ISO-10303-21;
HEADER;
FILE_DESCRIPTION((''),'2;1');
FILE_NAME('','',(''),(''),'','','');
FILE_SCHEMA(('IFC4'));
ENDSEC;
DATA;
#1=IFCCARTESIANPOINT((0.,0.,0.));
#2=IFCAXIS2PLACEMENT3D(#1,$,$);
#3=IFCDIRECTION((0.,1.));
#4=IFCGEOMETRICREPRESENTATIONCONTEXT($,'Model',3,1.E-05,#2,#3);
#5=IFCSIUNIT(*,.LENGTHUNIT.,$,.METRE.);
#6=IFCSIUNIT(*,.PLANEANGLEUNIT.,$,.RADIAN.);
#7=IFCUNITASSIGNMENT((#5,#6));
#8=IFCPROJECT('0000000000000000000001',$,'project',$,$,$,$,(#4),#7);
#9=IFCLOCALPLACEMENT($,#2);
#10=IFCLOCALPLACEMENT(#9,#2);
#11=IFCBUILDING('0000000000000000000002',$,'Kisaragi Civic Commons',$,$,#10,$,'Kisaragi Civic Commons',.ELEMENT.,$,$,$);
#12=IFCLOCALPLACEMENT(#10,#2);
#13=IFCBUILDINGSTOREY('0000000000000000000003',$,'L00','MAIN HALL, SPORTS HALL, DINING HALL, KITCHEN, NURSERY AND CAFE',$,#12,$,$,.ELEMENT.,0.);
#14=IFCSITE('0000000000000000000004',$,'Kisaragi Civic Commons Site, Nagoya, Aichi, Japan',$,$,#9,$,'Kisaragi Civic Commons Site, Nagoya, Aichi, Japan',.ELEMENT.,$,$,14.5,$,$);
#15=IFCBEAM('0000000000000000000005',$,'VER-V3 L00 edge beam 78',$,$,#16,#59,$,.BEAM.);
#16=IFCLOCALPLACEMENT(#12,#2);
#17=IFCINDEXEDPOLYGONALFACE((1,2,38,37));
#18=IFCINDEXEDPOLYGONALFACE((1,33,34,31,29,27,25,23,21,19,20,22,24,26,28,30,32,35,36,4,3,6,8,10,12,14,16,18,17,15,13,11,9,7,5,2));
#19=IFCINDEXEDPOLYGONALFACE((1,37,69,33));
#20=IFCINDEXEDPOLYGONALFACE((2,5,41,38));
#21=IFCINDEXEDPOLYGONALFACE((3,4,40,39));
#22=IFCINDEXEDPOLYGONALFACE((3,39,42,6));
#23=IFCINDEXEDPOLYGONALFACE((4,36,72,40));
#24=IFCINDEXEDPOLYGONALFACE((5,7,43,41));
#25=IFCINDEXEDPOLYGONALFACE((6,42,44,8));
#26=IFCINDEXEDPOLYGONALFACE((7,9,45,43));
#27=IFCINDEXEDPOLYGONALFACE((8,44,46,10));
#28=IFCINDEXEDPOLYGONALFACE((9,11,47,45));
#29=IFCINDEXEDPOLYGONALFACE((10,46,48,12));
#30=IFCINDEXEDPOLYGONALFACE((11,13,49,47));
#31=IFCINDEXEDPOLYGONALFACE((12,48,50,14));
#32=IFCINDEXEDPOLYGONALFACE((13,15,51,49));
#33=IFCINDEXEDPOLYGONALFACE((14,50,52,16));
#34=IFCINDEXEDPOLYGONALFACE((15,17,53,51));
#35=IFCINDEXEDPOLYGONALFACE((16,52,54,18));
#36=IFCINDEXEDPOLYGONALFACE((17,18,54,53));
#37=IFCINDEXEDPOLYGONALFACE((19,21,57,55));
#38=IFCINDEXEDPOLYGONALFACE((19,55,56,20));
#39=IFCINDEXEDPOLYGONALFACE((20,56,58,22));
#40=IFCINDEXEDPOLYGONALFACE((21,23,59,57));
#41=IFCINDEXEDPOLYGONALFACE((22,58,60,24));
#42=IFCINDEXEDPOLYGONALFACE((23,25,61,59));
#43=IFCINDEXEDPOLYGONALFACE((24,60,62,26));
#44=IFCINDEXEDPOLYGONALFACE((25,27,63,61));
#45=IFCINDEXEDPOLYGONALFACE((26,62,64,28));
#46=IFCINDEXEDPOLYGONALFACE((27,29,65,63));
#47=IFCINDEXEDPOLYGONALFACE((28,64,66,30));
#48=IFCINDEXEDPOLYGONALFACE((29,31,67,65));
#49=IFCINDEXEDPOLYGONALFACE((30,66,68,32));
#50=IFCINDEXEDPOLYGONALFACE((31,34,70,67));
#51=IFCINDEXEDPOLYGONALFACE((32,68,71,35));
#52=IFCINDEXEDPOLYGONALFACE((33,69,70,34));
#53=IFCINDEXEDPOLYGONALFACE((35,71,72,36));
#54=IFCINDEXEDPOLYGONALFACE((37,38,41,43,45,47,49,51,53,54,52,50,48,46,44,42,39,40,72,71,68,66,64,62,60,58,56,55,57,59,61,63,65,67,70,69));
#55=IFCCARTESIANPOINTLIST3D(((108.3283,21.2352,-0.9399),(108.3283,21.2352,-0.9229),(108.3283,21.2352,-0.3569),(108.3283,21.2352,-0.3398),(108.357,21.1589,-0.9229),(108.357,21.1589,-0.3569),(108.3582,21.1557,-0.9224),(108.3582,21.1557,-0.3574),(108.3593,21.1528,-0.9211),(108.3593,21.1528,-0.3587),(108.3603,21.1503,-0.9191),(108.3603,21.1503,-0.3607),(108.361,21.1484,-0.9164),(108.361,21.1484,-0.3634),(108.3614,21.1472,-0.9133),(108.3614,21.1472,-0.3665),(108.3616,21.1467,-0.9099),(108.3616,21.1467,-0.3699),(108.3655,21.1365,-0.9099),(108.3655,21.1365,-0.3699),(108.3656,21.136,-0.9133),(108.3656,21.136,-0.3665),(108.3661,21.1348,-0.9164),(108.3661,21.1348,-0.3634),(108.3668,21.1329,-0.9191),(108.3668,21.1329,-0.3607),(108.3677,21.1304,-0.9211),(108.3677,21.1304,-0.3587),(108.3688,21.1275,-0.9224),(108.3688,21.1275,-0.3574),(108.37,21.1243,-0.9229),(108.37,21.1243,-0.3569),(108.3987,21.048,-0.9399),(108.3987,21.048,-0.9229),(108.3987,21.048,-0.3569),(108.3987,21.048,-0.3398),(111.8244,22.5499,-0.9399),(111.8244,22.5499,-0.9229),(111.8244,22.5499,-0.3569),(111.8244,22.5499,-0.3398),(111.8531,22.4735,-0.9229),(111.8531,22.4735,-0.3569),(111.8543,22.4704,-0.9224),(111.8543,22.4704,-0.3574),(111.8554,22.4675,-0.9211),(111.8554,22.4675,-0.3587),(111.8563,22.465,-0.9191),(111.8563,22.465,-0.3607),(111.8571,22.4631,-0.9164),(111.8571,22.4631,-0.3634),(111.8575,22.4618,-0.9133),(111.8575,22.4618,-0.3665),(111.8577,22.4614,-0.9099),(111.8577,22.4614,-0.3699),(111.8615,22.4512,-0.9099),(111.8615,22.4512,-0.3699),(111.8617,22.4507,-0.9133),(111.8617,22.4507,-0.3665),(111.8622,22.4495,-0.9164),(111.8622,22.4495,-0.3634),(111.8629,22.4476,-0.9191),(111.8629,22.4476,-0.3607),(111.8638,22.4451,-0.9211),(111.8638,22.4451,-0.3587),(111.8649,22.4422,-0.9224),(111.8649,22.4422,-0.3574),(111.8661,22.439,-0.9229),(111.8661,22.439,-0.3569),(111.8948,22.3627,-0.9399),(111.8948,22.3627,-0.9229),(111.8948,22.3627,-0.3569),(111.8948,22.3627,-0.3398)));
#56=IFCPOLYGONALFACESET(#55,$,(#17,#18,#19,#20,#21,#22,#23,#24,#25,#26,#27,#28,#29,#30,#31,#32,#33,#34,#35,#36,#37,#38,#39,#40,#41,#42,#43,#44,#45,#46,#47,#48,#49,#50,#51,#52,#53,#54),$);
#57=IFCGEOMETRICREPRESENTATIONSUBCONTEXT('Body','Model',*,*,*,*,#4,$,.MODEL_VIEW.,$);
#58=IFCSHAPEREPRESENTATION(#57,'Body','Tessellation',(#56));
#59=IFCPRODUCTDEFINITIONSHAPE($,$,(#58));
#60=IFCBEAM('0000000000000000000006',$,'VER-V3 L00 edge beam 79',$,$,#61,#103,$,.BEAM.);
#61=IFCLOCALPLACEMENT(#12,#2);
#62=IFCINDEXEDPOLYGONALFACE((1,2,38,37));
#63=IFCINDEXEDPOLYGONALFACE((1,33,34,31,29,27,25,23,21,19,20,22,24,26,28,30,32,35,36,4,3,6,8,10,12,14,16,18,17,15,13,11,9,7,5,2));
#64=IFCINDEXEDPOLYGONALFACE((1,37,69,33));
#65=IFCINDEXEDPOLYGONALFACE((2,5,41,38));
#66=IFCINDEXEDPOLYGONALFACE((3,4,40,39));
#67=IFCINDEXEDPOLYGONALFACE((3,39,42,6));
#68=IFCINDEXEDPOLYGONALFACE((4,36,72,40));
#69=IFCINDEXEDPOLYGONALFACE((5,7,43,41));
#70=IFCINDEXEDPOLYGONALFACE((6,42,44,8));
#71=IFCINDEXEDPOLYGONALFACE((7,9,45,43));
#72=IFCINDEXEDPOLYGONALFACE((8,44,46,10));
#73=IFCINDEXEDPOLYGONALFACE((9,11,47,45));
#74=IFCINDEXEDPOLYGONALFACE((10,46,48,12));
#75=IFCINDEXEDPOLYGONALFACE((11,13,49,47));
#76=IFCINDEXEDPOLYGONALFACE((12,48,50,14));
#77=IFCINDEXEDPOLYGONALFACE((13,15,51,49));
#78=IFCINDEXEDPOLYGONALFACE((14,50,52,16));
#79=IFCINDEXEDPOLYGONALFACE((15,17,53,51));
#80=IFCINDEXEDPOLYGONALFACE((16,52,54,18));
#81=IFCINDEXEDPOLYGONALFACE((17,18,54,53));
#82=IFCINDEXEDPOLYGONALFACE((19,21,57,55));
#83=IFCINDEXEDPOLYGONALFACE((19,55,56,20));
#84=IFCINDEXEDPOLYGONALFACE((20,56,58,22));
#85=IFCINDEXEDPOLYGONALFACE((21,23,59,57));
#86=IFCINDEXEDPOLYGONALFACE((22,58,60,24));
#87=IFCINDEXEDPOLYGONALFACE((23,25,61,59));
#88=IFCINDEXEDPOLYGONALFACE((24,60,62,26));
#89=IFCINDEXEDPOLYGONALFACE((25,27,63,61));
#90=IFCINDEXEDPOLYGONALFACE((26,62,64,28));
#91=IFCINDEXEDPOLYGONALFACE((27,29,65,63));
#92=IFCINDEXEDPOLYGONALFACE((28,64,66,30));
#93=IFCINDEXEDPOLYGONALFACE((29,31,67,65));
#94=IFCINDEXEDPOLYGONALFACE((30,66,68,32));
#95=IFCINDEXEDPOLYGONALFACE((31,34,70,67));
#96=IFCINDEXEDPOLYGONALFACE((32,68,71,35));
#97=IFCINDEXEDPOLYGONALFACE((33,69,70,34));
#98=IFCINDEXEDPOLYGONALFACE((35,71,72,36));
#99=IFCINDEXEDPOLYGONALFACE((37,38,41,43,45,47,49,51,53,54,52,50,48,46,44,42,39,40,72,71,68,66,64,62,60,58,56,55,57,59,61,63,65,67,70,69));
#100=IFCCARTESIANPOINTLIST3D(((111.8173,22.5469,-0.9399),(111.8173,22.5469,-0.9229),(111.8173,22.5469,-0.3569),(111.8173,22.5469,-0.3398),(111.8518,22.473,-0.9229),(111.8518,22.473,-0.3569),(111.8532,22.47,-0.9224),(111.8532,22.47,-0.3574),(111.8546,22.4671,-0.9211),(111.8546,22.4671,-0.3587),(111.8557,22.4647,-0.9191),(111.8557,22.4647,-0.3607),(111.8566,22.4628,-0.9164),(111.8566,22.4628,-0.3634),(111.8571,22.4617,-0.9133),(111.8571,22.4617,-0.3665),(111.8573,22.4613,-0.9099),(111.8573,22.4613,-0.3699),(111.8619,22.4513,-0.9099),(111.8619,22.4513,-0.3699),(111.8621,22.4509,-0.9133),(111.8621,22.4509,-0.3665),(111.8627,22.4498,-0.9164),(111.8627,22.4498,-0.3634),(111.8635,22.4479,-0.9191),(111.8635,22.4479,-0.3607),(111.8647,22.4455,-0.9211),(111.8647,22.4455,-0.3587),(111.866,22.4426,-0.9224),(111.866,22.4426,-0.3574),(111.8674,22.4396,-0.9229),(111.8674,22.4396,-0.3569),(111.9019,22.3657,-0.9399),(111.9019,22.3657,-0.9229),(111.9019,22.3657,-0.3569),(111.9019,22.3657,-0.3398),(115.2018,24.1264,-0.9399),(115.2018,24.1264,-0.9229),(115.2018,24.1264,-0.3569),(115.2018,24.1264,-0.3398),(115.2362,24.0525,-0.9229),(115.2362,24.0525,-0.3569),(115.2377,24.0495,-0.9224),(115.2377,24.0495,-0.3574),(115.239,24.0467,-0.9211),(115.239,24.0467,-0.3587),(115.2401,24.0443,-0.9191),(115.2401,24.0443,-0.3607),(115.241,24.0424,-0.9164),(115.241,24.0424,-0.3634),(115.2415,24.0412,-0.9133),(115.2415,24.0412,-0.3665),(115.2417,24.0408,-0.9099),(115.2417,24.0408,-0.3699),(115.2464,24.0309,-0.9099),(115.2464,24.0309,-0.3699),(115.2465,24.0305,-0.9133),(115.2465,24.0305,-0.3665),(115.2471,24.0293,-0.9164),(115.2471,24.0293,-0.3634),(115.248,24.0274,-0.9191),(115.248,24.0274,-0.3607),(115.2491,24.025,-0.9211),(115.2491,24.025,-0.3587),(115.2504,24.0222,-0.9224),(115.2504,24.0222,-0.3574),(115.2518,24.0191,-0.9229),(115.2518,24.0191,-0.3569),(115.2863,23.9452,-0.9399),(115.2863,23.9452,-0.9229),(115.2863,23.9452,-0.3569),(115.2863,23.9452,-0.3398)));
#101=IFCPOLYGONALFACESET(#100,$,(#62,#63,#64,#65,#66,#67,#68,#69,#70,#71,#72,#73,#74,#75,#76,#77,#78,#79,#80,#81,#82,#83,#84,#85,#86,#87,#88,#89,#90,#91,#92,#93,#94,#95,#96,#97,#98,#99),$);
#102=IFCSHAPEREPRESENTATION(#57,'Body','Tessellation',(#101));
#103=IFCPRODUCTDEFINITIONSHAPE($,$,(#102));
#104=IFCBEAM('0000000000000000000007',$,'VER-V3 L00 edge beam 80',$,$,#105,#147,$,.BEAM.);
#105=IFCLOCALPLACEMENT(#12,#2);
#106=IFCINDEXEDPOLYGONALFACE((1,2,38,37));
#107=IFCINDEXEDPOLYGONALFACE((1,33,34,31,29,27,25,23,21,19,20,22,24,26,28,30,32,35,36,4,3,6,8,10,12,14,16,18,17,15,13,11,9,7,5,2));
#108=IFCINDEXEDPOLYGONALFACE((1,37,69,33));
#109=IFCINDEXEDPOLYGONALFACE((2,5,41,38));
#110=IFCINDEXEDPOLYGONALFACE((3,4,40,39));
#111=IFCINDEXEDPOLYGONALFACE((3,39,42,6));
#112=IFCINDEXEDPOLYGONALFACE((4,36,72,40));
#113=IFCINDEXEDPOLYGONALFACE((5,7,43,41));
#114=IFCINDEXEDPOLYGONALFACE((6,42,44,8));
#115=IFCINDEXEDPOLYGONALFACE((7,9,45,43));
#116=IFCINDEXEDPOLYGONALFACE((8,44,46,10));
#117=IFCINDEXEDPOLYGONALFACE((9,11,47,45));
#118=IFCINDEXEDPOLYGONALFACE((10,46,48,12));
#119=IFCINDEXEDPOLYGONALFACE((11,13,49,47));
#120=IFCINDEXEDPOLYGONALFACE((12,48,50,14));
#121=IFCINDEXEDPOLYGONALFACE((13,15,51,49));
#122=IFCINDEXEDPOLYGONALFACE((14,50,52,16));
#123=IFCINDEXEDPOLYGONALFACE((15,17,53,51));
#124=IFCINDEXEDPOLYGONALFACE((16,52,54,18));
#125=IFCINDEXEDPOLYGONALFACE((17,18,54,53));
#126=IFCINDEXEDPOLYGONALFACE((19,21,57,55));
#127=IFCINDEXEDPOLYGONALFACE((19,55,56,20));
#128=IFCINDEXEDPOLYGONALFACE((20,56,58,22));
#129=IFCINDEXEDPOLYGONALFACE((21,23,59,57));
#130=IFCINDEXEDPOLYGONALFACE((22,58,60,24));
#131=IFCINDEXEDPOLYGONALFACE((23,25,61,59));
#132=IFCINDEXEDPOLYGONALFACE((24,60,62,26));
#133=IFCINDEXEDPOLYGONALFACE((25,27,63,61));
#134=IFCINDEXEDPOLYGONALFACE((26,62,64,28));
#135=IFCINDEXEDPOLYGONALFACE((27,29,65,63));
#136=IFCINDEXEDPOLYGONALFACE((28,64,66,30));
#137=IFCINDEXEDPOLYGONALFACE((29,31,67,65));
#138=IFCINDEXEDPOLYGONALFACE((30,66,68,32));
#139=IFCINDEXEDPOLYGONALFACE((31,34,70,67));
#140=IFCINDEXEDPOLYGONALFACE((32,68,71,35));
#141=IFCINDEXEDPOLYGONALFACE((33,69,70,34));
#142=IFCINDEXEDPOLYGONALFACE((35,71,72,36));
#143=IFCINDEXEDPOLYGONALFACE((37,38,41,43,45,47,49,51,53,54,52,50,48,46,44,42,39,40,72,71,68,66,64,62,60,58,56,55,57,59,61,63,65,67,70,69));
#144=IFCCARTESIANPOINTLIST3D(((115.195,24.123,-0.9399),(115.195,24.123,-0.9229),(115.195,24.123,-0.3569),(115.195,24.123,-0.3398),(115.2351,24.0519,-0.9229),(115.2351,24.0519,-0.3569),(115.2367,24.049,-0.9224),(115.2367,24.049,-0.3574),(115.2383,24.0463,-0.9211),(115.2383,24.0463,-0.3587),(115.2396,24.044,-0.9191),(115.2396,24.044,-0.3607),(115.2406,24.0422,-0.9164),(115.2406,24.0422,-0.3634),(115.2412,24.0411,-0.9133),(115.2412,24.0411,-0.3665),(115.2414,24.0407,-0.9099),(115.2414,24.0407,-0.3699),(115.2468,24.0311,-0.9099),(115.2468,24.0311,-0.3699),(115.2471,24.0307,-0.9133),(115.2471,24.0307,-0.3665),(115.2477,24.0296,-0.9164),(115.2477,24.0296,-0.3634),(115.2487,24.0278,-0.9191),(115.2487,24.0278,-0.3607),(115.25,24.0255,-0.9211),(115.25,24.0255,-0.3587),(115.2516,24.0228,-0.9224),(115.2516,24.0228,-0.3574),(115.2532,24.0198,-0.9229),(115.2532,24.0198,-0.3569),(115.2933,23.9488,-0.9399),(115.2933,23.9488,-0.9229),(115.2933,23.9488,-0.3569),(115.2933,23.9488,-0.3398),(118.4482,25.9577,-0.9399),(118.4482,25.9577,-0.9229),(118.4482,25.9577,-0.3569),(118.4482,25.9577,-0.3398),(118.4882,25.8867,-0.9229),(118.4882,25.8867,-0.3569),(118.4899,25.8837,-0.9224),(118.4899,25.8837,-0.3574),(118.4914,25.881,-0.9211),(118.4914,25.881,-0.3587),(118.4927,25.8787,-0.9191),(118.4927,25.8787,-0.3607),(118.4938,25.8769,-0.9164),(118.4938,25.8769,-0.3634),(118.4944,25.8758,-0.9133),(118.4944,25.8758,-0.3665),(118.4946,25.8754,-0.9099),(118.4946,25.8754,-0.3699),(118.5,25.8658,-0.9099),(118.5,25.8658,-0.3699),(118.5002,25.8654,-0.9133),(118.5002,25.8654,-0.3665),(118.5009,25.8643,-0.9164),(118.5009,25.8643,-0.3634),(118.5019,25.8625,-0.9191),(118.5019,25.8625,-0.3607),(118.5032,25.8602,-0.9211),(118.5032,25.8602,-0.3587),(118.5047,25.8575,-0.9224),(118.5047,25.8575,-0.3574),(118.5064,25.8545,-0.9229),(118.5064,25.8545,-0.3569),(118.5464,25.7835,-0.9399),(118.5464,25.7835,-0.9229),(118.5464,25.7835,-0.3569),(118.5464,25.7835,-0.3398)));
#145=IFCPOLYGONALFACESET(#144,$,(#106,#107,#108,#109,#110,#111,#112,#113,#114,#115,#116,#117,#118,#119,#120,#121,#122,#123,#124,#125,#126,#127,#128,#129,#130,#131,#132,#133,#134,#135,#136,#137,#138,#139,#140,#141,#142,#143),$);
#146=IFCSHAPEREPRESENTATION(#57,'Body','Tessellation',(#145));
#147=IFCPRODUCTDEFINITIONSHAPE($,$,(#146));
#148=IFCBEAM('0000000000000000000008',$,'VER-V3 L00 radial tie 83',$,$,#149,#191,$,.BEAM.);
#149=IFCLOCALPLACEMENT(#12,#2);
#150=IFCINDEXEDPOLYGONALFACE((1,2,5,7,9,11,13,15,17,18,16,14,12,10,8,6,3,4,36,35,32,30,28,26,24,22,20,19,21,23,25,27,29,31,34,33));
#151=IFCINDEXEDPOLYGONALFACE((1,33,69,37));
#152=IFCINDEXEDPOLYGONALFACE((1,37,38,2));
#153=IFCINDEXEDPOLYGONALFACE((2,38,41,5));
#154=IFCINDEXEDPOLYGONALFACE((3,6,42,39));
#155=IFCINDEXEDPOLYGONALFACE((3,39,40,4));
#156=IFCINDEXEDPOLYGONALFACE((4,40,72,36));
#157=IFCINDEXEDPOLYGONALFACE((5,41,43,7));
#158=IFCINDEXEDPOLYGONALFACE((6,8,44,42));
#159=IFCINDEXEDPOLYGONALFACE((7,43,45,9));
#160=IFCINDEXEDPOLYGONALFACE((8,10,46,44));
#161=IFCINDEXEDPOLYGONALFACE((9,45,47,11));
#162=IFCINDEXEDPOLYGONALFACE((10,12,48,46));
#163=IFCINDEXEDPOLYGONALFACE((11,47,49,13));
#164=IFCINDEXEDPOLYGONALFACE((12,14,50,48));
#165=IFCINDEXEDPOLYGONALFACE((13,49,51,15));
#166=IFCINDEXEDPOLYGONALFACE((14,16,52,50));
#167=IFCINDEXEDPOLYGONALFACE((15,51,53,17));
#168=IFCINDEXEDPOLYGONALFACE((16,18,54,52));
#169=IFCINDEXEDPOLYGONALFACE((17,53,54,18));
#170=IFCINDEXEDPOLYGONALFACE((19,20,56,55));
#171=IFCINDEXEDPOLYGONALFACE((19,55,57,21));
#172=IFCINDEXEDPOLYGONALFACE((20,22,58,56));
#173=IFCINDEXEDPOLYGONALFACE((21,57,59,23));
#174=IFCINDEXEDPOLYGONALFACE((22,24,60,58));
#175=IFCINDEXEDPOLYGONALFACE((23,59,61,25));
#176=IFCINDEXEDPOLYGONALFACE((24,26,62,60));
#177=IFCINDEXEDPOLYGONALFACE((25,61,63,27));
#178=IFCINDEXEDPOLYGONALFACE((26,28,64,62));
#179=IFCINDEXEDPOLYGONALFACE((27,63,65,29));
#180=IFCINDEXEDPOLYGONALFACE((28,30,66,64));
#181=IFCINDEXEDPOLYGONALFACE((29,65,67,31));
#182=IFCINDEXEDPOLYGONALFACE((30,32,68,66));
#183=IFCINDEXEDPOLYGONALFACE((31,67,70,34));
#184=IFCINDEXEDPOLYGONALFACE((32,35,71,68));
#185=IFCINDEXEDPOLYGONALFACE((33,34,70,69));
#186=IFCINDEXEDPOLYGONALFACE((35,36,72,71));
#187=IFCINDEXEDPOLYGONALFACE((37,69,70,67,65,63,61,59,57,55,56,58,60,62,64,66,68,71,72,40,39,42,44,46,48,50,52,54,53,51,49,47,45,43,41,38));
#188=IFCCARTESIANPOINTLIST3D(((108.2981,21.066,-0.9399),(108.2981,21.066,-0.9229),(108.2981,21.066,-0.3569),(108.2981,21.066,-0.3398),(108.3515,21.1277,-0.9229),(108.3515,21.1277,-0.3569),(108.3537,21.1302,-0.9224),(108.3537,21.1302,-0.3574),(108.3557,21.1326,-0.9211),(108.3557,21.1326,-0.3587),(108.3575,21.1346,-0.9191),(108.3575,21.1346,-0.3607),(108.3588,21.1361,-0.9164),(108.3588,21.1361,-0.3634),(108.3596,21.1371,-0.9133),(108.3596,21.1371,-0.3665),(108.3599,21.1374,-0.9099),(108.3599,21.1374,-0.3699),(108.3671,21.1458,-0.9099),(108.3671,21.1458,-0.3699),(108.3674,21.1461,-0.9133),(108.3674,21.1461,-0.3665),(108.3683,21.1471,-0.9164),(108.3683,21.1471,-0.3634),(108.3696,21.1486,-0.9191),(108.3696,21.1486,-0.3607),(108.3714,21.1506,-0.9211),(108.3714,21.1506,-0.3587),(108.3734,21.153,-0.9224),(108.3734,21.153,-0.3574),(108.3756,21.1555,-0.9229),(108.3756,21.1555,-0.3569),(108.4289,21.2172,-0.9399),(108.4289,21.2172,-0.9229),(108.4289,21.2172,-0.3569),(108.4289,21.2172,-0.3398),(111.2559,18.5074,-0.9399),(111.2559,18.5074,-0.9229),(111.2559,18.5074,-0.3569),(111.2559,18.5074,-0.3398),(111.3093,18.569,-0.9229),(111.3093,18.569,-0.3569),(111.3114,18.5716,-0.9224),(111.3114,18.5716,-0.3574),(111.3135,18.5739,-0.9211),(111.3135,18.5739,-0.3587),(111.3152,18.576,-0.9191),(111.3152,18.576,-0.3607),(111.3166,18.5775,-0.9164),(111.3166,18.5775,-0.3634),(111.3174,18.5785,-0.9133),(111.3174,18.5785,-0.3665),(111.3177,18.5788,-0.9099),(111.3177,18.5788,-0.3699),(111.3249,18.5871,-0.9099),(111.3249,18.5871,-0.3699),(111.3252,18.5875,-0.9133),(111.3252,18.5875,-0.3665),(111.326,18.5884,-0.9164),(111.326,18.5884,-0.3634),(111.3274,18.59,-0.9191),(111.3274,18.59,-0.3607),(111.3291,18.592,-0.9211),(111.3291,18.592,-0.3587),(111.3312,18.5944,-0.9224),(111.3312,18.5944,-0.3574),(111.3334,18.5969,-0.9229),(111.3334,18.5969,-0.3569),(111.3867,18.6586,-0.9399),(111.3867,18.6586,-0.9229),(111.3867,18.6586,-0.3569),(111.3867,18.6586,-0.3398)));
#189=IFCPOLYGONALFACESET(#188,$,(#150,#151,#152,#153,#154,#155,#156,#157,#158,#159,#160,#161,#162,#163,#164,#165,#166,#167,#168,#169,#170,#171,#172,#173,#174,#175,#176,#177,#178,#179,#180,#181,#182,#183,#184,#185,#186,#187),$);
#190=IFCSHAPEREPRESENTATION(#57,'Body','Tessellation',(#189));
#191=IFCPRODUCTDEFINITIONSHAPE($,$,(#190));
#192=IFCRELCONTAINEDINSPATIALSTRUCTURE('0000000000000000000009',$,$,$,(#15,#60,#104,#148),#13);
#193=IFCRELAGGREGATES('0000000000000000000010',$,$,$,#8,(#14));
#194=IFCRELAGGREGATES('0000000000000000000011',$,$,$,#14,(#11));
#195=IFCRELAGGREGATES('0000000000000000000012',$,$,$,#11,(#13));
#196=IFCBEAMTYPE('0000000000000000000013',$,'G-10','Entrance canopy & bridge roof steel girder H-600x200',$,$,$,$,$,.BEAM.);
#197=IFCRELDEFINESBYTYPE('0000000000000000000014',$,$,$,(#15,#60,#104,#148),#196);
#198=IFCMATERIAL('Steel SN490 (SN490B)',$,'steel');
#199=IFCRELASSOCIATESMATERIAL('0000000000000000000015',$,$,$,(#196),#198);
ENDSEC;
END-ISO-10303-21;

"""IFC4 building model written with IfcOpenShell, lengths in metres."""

from ifc_helpers import new_model, si_unit, direction, frame, origin, origin_2d, place, context, subcontext, project, spatial, i_section, extrude, material, material_profile, profile_set, type_object, element, save


model = new_model("IFC4")

# Units and contexts
model_context = context("Model", 3, precision=1e-05, world=origin(), true_north=direction((0.0, 1.0)))
body_context = subcontext(model_context, "Body", "Model", "MODEL_VIEW")
ifc_project = project(units=[si_unit("LENGTHUNIT", "METRE"), si_unit("PLANEANGLEUNIT", "RADIAN")], contexts=[model_context])

# Site, building, storey
site_placement = place(None, origin())
site = spatial("IfcSite", under=ifc_project, at=site_placement, Name="Kisaragi Civic Commons Site, Nagoya, Aichi, Japan", LongName="Kisaragi Civic Commons Site, Nagoya, Aichi, Japan", CompositionType="ELEMENT", RefElevation=14.5)
building_placement = place(site_placement, origin())
building = spatial("IfcBuilding", under=site, at=building_placement, Name="Kisaragi Civic Commons", LongName="Kisaragi Civic Commons", CompositionType="ELEMENT")
storey_placement = place(building_placement, origin())
storey = spatial("IfcBuildingStorey", under=building, at=storey_placement, Name="L00", Description="MAIN HALL, SPORTS HALL, DINING HALL, KITCHEN, NURSERY AND CAFE", CompositionType="ELEMENT", Elevation=0.0)

# Beams
ifc_material_1 = material(Name="Steel SN490 (SN490B)", Category="steel")
ifc_material_profile_1 = material_profile(ifc_material_1, i_section(OverallWidth=0.2, OverallDepth=0.6001, WebThickness=0.011, FlangeThickness=0.0171, FilletRadius=0.0129, at=origin_2d()), Name="H-600x200x11x17", Category="steel")
ifc_profile_set_1 = profile_set([ifc_material_profile_1], Name="Steel SN490 (SN490B)")
beam_type_1 = type_object("IfcBeamType", Name="G-10", Description="Entrance canopy & bridge roof steel girder H-600x200", PredefinedType="BEAM", material=ifc_profile_set_1)
beam_1_placement = place(storey_placement, frame((108.3635, 21.1416, -0.6399), z_axis=(0.936006, 0.351983, 0.0), x_axis=(-0.351983, 0.936006, 0.0)))
element("IfcBeam", 1, at=beam_1_placement, inside=storey, type_object=beam_type_1, Name="VER-V3 L00 edge beam 78", PredefinedType="BEAM", context=body_context, shape_type="SweptSolid", body=[
    extrude(i_section(OverallWidth=0.2, OverallDepth=0.6001, WebThickness=0.011, FlangeThickness=0.0171, FilletRadius=0.0129, at=origin_2d()), origin(), (0.0, 0.0, 1.0), 3.7351),
])
for number, where, z_axis, x_axis, name in (
    (2, (111.8596, 22.4563, -0.6399), (0.906168, 0.422918, 0.0), (-0.422918, 0.906168, 0.0), "VER-V3 L00 edge beam 79"),
    (3, (115.2441, 24.0359, -0.6399), (0.871025, 0.491239, 0.0), (-0.491239, 0.871025, 0.0), "VER-V3 L00 edge beam 80"),
):
    element("IfcBeam", number, at=place(storey_placement, frame(where, z_axis=z_axis, x_axis=x_axis)), inside=storey, type_object=beam_type_1, Name=name, PredefinedType="BEAM", context=body_context, shape_type="SweptSolid", body=[
        extrude(i_section(OverallWidth=0.2, OverallDepth=0.6001, WebThickness=0.011, FlangeThickness=0.0171, FilletRadius=0.0129, at=origin_2d()), origin(), (0.0, 0.0, 1.0), 3.7349),
    ])
beam_2_placement = place(storey_placement, frame((108.3635, 21.1416, -0.6399), z_axis=(0.756296, -0.654229, 0.0), x_axis=(0.654229, 0.756296, 0.0)))
element("IfcBeam", 4, at=beam_2_placement, inside=storey, type_object=beam_type_1, Name="VER-V3 L00 radial tie 83", PredefinedType="BEAM", context=body_context, shape_type="SweptSolid", body=[
    extrude(i_section(OverallWidth=0.2, OverallDepth=0.6001, WebThickness=0.011, FlangeThickness=0.0171, FilletRadius=0.0129, at=origin_2d()), origin(), (0.0, 0.0, 1.0), 3.9109),
])

save(model, "model.ifc")
